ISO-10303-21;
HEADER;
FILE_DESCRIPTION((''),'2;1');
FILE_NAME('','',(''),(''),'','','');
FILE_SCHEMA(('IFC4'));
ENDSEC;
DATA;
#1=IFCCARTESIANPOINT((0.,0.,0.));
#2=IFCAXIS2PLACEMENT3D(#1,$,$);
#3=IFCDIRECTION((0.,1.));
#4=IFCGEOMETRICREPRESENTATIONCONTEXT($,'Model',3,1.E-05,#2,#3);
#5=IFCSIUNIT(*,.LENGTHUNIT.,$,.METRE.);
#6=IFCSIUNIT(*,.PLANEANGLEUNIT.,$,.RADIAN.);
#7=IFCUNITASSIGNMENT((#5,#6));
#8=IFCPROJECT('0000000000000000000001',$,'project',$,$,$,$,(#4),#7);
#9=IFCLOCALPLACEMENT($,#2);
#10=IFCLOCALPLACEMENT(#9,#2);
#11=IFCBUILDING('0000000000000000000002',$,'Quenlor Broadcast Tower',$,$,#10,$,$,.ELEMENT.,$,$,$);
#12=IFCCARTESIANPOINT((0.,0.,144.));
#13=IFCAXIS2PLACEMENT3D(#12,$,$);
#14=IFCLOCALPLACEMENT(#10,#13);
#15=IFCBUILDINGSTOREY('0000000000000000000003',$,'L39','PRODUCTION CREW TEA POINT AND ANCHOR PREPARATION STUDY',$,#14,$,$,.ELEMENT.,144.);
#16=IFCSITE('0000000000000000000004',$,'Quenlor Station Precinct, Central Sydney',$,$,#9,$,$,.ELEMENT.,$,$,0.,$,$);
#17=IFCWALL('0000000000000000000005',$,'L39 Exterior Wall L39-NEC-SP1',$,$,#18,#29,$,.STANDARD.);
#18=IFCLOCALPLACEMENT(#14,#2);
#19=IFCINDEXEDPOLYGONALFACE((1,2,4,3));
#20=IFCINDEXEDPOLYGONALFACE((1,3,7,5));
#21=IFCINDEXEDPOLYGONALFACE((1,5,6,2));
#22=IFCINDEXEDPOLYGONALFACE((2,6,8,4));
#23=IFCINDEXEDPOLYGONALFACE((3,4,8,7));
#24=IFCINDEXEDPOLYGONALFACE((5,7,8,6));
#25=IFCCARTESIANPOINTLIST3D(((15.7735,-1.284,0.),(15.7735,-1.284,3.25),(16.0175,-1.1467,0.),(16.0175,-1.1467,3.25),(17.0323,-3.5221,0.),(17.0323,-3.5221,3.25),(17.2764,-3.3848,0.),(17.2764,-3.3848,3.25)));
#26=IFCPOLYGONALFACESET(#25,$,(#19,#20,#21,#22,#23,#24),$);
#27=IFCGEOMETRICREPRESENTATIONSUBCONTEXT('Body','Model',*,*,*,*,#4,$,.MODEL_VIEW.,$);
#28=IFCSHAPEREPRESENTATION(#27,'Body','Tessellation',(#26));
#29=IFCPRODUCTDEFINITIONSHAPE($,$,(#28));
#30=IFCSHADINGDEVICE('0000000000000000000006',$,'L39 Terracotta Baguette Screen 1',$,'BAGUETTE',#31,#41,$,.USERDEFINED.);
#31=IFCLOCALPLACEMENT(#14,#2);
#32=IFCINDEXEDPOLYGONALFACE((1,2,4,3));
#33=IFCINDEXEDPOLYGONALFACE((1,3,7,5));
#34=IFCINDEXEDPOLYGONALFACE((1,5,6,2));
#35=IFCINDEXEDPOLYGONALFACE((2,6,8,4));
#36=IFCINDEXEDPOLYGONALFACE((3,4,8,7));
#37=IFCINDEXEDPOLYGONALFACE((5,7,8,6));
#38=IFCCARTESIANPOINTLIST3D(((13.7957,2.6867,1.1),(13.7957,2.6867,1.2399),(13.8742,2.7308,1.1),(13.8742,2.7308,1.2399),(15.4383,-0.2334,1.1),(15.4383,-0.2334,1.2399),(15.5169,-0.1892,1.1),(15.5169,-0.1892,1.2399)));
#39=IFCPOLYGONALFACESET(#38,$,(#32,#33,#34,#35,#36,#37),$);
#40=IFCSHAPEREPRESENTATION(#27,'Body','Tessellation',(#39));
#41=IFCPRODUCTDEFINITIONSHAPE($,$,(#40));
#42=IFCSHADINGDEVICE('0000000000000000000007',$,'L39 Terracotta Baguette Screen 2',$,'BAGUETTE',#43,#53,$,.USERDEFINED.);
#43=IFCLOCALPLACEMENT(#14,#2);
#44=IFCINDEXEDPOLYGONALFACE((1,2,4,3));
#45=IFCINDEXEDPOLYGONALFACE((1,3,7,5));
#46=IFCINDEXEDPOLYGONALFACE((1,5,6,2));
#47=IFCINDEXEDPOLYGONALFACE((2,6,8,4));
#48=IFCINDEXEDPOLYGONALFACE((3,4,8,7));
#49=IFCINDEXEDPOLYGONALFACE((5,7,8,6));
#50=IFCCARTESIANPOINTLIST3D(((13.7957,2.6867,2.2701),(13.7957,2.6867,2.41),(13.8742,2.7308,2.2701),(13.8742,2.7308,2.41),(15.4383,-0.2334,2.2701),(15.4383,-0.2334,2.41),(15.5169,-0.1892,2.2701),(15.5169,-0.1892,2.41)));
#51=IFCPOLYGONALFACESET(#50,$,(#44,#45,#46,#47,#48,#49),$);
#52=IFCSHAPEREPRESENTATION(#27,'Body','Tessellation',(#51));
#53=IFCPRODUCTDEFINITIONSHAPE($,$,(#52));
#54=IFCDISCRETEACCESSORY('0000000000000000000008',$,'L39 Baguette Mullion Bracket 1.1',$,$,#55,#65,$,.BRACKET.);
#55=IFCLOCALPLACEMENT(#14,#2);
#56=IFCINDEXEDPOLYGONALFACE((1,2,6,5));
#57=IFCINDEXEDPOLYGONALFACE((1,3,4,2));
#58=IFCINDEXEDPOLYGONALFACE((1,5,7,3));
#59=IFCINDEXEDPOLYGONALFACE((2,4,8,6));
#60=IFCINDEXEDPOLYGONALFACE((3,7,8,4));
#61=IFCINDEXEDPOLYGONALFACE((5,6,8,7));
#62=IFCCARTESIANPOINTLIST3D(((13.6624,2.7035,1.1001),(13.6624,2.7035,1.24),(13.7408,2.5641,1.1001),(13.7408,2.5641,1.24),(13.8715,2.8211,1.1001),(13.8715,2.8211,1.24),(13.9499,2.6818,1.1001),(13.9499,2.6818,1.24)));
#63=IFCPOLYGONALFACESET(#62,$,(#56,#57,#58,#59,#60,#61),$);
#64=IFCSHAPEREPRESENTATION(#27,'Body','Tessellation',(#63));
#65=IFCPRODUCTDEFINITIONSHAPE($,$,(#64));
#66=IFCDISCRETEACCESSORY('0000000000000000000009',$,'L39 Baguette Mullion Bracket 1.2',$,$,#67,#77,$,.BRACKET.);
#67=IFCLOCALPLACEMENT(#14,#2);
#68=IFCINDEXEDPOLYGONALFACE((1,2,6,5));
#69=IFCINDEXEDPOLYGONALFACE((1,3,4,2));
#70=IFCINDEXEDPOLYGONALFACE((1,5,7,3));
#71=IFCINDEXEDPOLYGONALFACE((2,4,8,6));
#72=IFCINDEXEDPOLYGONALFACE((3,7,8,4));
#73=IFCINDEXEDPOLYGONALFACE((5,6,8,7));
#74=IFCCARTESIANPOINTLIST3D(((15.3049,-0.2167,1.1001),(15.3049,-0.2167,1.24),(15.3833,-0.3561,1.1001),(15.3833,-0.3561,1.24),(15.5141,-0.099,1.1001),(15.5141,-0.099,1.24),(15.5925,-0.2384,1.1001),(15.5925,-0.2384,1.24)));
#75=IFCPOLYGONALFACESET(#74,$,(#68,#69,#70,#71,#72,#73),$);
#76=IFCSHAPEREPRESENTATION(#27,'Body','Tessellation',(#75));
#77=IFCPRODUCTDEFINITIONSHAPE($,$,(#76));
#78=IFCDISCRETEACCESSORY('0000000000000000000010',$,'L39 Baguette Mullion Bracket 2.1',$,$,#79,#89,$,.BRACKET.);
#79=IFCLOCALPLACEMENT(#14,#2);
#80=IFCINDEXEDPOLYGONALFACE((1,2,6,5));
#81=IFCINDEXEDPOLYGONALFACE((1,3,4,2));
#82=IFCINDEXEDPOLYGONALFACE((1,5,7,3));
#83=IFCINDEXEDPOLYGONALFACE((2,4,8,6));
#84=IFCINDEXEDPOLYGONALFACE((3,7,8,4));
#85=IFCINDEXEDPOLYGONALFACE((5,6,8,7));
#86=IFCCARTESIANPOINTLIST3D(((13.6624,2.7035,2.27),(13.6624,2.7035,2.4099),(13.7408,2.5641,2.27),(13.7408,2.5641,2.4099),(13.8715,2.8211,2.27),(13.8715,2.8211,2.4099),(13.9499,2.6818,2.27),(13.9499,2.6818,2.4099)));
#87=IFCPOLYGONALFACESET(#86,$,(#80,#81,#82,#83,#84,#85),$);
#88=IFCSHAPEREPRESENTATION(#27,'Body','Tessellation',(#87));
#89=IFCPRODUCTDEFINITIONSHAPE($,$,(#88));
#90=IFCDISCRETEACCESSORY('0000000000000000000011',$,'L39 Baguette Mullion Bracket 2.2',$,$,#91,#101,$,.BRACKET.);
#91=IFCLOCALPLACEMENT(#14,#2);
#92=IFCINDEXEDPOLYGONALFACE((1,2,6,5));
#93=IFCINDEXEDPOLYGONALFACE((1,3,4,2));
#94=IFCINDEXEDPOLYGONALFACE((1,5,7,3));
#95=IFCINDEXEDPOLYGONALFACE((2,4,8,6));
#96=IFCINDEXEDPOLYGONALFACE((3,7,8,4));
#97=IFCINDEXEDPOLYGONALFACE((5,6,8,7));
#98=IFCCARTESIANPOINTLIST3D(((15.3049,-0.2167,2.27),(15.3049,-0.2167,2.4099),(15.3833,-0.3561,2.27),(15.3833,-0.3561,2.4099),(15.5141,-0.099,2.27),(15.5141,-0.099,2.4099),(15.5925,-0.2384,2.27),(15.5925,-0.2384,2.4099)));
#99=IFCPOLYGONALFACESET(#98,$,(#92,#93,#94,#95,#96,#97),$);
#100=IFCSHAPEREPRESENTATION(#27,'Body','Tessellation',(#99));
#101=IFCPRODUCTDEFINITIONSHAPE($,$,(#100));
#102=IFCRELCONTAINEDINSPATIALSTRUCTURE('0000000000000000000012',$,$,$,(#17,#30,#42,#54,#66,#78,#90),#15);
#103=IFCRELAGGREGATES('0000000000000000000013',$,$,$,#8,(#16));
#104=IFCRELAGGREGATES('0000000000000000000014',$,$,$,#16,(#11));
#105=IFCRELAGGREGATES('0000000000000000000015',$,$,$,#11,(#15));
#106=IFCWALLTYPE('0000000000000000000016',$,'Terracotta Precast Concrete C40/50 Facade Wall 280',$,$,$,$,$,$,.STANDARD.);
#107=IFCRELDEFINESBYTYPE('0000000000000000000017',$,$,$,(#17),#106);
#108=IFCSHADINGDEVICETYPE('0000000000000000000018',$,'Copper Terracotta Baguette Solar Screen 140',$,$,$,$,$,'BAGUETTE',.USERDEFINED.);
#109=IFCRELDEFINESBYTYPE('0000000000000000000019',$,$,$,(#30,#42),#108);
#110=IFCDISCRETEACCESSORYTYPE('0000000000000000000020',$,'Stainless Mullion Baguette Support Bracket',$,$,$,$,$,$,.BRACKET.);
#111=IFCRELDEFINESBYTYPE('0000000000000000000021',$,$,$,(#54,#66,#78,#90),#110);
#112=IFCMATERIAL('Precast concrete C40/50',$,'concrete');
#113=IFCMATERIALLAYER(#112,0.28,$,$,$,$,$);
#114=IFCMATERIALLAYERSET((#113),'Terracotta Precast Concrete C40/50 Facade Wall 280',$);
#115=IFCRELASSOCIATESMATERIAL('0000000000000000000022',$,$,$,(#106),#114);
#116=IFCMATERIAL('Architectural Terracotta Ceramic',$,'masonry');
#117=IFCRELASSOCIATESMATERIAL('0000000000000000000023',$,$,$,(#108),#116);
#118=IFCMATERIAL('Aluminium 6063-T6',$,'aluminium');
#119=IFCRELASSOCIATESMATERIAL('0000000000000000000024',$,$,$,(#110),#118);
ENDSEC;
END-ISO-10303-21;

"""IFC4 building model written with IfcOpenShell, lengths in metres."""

from ifc_helpers import new_model, si_unit, direction, frame, frame_2d, origin, origin_2d, place, context, subcontext, project, spatial, rectangle, extrude, material, layer, layer_set, material_profile, profile_set, type_object, element, save


model = new_model("IFC4")

# Units and contexts
model_context = context("Model", 3, precision=1e-05, world=origin(), true_north=direction((0.0, 1.0)))
body_context = subcontext(model_context, "Body", "Model", "MODEL_VIEW")
ifc_project = project(units=[si_unit("LENGTHUNIT", "METRE"), si_unit("PLANEANGLEUNIT", "RADIAN")], contexts=[model_context])

# Site, building, storey
site_placement = place(None, origin())
site = spatial("IfcSite", under=ifc_project, at=site_placement, Name="Quenlor Station Precinct, Central Sydney", CompositionType="ELEMENT", RefElevation=0.0)
building_placement = place(site_placement, origin())
building = spatial("IfcBuilding", under=site, at=building_placement, Name="Quenlor Broadcast Tower", CompositionType="ELEMENT")
storey_placement = place(building_placement, frame((0.0, 0.0, 144.0)))
storey = spatial("IfcBuildingStorey", under=building, at=storey_placement, Name="L39", Description="PRODUCTION CREW TEA POINT AND ANCHOR PREPARATION STUDY", CompositionType="ELEMENT", Elevation=144.0)

# Wall
ifc_material_1 = material(Name="Precast concrete C40/50", Category="concrete")
ifc_layer_1 = layer(ifc_material_1, 0.28)
ifc_layer_set_1 = layer_set([ifc_layer_1], Name="Terracotta Precast Concrete C40/50 Facade Wall 280")
wall_type_1 = type_object("IfcWallType", Name="Terracotta Precast Concrete C40/50 Facade Wall 280", PredefinedType="STANDARD", material=ifc_layer_set_1)
wall_1_placement = place(storey_placement, frame((15.8955, -1.2153, 0.0), z_axis=(0.0, 0.0, 1.0), x_axis=(0.49023, -0.871593, 0.0)))
element("IfcWall", 1, at=wall_1_placement, inside=storey, type_object=wall_type_1, Name="L39 Exterior Wall L39-NEC-SP1", PredefinedType="STANDARD", context=body_context, shape_type="SweptSolid", body=[
    extrude(rectangle(XDim=2.5679, YDim=0.28, at=frame_2d((1.2839, 0.0))), origin(), (0.0, 0.0, 1.0), 3.25),
])

# Shading devices
ifc_material_2 = material(Name="Architectural Terracotta Ceramic", Category="masonry")
ifc_material_profile_1 = material_profile(ifc_material_2, rectangle(XDim=0.0901, YDim=0.1399, at=origin_2d()))
ifc_profile_set_1 = profile_set([ifc_material_profile_1], Name="Architectural Terracotta Ceramic BAG90x140")
shading_device_type = type_object("IfcShadingDeviceType", Name="Copper Terracotta Baguette Solar Screen 140", ElementType="BAGUETTE", PredefinedType="USERDEFINED", material=ifc_profile_set_1)
for number, where, z_axis, x_axis, name in (
    (2, (13.835, 2.7087, 1.1699), (0.490289, -0.87156, 0.0), (0.87156, 0.490289, 0.0), "L39 Terracotta Baguette Screen 1"),
    (3, (13.835, 2.7087, 2.3401), (0.490289, -0.87156, 0.0), (0.87156, 0.490289, 0.0), "L39 Terracotta Baguette Screen 2"),
):
    element("IfcShadingDevice", number, at=place(storey_placement, frame(where, z_axis=z_axis, x_axis=x_axis)), inside=storey, type_object=shading_device_type, Name=name, ObjectType="BAGUETTE", PredefinedType="USERDEFINED", context=body_context, shape_type="SweptSolid", body=[
        extrude(rectangle(XDim=0.0901, YDim=0.1399, at=origin_2d()), origin(), (0.0, 0.0, 1.0), 3.3503),
    ])

# Discrete accessories
ifc_material_3 = material(Name="Aluminium 6063-T6", Category="aluminium")
discrete_accessory_type = type_object("IfcDiscreteAccessoryType", Name="Stainless Mullion Baguette Support Bracket", PredefinedType="BRACKET", material=ifc_material_3)
for number, where, z_axis, x_axis, name in (
    (4, (13.8062, 2.6926, 1.1001), (0.0, 0.0, 1.0), (0.490268, -0.871572, 0.0), "L39 Baguette Mullion Bracket 1.1"),
    (5, (15.4487, -0.2275, 1.1001), (0.0, 0.0, 1.0), (0.490268, -0.871572, 0.0), "L39 Baguette Mullion Bracket 1.2"),
    (6, (13.8062, 2.6926, 2.27), (0.0, 0.0, 1.0), (0.490268, -0.871572, 0.0), "L39 Baguette Mullion Bracket 2.1"),
    (7, (15.4487, -0.2275, 2.27), (0.0, 0.0, 1.0), (0.490268, -0.871572, 0.0), "L39 Baguette Mullion Bracket 2.2"),
):
    element("IfcDiscreteAccessory", number, at=place(storey_placement, frame(where, z_axis=z_axis, x_axis=x_axis)), inside=storey, type_object=discrete_accessory_type, Name=name, PredefinedType="BRACKET", context=body_context, shape_type="SweptSolid", body=[
        extrude(rectangle(XDim=0.1599, YDim=0.24, at=origin_2d()), origin(), (0.0, 0.0, 1.0), 0.1399),
    ])

save(model, "model.ifc")
